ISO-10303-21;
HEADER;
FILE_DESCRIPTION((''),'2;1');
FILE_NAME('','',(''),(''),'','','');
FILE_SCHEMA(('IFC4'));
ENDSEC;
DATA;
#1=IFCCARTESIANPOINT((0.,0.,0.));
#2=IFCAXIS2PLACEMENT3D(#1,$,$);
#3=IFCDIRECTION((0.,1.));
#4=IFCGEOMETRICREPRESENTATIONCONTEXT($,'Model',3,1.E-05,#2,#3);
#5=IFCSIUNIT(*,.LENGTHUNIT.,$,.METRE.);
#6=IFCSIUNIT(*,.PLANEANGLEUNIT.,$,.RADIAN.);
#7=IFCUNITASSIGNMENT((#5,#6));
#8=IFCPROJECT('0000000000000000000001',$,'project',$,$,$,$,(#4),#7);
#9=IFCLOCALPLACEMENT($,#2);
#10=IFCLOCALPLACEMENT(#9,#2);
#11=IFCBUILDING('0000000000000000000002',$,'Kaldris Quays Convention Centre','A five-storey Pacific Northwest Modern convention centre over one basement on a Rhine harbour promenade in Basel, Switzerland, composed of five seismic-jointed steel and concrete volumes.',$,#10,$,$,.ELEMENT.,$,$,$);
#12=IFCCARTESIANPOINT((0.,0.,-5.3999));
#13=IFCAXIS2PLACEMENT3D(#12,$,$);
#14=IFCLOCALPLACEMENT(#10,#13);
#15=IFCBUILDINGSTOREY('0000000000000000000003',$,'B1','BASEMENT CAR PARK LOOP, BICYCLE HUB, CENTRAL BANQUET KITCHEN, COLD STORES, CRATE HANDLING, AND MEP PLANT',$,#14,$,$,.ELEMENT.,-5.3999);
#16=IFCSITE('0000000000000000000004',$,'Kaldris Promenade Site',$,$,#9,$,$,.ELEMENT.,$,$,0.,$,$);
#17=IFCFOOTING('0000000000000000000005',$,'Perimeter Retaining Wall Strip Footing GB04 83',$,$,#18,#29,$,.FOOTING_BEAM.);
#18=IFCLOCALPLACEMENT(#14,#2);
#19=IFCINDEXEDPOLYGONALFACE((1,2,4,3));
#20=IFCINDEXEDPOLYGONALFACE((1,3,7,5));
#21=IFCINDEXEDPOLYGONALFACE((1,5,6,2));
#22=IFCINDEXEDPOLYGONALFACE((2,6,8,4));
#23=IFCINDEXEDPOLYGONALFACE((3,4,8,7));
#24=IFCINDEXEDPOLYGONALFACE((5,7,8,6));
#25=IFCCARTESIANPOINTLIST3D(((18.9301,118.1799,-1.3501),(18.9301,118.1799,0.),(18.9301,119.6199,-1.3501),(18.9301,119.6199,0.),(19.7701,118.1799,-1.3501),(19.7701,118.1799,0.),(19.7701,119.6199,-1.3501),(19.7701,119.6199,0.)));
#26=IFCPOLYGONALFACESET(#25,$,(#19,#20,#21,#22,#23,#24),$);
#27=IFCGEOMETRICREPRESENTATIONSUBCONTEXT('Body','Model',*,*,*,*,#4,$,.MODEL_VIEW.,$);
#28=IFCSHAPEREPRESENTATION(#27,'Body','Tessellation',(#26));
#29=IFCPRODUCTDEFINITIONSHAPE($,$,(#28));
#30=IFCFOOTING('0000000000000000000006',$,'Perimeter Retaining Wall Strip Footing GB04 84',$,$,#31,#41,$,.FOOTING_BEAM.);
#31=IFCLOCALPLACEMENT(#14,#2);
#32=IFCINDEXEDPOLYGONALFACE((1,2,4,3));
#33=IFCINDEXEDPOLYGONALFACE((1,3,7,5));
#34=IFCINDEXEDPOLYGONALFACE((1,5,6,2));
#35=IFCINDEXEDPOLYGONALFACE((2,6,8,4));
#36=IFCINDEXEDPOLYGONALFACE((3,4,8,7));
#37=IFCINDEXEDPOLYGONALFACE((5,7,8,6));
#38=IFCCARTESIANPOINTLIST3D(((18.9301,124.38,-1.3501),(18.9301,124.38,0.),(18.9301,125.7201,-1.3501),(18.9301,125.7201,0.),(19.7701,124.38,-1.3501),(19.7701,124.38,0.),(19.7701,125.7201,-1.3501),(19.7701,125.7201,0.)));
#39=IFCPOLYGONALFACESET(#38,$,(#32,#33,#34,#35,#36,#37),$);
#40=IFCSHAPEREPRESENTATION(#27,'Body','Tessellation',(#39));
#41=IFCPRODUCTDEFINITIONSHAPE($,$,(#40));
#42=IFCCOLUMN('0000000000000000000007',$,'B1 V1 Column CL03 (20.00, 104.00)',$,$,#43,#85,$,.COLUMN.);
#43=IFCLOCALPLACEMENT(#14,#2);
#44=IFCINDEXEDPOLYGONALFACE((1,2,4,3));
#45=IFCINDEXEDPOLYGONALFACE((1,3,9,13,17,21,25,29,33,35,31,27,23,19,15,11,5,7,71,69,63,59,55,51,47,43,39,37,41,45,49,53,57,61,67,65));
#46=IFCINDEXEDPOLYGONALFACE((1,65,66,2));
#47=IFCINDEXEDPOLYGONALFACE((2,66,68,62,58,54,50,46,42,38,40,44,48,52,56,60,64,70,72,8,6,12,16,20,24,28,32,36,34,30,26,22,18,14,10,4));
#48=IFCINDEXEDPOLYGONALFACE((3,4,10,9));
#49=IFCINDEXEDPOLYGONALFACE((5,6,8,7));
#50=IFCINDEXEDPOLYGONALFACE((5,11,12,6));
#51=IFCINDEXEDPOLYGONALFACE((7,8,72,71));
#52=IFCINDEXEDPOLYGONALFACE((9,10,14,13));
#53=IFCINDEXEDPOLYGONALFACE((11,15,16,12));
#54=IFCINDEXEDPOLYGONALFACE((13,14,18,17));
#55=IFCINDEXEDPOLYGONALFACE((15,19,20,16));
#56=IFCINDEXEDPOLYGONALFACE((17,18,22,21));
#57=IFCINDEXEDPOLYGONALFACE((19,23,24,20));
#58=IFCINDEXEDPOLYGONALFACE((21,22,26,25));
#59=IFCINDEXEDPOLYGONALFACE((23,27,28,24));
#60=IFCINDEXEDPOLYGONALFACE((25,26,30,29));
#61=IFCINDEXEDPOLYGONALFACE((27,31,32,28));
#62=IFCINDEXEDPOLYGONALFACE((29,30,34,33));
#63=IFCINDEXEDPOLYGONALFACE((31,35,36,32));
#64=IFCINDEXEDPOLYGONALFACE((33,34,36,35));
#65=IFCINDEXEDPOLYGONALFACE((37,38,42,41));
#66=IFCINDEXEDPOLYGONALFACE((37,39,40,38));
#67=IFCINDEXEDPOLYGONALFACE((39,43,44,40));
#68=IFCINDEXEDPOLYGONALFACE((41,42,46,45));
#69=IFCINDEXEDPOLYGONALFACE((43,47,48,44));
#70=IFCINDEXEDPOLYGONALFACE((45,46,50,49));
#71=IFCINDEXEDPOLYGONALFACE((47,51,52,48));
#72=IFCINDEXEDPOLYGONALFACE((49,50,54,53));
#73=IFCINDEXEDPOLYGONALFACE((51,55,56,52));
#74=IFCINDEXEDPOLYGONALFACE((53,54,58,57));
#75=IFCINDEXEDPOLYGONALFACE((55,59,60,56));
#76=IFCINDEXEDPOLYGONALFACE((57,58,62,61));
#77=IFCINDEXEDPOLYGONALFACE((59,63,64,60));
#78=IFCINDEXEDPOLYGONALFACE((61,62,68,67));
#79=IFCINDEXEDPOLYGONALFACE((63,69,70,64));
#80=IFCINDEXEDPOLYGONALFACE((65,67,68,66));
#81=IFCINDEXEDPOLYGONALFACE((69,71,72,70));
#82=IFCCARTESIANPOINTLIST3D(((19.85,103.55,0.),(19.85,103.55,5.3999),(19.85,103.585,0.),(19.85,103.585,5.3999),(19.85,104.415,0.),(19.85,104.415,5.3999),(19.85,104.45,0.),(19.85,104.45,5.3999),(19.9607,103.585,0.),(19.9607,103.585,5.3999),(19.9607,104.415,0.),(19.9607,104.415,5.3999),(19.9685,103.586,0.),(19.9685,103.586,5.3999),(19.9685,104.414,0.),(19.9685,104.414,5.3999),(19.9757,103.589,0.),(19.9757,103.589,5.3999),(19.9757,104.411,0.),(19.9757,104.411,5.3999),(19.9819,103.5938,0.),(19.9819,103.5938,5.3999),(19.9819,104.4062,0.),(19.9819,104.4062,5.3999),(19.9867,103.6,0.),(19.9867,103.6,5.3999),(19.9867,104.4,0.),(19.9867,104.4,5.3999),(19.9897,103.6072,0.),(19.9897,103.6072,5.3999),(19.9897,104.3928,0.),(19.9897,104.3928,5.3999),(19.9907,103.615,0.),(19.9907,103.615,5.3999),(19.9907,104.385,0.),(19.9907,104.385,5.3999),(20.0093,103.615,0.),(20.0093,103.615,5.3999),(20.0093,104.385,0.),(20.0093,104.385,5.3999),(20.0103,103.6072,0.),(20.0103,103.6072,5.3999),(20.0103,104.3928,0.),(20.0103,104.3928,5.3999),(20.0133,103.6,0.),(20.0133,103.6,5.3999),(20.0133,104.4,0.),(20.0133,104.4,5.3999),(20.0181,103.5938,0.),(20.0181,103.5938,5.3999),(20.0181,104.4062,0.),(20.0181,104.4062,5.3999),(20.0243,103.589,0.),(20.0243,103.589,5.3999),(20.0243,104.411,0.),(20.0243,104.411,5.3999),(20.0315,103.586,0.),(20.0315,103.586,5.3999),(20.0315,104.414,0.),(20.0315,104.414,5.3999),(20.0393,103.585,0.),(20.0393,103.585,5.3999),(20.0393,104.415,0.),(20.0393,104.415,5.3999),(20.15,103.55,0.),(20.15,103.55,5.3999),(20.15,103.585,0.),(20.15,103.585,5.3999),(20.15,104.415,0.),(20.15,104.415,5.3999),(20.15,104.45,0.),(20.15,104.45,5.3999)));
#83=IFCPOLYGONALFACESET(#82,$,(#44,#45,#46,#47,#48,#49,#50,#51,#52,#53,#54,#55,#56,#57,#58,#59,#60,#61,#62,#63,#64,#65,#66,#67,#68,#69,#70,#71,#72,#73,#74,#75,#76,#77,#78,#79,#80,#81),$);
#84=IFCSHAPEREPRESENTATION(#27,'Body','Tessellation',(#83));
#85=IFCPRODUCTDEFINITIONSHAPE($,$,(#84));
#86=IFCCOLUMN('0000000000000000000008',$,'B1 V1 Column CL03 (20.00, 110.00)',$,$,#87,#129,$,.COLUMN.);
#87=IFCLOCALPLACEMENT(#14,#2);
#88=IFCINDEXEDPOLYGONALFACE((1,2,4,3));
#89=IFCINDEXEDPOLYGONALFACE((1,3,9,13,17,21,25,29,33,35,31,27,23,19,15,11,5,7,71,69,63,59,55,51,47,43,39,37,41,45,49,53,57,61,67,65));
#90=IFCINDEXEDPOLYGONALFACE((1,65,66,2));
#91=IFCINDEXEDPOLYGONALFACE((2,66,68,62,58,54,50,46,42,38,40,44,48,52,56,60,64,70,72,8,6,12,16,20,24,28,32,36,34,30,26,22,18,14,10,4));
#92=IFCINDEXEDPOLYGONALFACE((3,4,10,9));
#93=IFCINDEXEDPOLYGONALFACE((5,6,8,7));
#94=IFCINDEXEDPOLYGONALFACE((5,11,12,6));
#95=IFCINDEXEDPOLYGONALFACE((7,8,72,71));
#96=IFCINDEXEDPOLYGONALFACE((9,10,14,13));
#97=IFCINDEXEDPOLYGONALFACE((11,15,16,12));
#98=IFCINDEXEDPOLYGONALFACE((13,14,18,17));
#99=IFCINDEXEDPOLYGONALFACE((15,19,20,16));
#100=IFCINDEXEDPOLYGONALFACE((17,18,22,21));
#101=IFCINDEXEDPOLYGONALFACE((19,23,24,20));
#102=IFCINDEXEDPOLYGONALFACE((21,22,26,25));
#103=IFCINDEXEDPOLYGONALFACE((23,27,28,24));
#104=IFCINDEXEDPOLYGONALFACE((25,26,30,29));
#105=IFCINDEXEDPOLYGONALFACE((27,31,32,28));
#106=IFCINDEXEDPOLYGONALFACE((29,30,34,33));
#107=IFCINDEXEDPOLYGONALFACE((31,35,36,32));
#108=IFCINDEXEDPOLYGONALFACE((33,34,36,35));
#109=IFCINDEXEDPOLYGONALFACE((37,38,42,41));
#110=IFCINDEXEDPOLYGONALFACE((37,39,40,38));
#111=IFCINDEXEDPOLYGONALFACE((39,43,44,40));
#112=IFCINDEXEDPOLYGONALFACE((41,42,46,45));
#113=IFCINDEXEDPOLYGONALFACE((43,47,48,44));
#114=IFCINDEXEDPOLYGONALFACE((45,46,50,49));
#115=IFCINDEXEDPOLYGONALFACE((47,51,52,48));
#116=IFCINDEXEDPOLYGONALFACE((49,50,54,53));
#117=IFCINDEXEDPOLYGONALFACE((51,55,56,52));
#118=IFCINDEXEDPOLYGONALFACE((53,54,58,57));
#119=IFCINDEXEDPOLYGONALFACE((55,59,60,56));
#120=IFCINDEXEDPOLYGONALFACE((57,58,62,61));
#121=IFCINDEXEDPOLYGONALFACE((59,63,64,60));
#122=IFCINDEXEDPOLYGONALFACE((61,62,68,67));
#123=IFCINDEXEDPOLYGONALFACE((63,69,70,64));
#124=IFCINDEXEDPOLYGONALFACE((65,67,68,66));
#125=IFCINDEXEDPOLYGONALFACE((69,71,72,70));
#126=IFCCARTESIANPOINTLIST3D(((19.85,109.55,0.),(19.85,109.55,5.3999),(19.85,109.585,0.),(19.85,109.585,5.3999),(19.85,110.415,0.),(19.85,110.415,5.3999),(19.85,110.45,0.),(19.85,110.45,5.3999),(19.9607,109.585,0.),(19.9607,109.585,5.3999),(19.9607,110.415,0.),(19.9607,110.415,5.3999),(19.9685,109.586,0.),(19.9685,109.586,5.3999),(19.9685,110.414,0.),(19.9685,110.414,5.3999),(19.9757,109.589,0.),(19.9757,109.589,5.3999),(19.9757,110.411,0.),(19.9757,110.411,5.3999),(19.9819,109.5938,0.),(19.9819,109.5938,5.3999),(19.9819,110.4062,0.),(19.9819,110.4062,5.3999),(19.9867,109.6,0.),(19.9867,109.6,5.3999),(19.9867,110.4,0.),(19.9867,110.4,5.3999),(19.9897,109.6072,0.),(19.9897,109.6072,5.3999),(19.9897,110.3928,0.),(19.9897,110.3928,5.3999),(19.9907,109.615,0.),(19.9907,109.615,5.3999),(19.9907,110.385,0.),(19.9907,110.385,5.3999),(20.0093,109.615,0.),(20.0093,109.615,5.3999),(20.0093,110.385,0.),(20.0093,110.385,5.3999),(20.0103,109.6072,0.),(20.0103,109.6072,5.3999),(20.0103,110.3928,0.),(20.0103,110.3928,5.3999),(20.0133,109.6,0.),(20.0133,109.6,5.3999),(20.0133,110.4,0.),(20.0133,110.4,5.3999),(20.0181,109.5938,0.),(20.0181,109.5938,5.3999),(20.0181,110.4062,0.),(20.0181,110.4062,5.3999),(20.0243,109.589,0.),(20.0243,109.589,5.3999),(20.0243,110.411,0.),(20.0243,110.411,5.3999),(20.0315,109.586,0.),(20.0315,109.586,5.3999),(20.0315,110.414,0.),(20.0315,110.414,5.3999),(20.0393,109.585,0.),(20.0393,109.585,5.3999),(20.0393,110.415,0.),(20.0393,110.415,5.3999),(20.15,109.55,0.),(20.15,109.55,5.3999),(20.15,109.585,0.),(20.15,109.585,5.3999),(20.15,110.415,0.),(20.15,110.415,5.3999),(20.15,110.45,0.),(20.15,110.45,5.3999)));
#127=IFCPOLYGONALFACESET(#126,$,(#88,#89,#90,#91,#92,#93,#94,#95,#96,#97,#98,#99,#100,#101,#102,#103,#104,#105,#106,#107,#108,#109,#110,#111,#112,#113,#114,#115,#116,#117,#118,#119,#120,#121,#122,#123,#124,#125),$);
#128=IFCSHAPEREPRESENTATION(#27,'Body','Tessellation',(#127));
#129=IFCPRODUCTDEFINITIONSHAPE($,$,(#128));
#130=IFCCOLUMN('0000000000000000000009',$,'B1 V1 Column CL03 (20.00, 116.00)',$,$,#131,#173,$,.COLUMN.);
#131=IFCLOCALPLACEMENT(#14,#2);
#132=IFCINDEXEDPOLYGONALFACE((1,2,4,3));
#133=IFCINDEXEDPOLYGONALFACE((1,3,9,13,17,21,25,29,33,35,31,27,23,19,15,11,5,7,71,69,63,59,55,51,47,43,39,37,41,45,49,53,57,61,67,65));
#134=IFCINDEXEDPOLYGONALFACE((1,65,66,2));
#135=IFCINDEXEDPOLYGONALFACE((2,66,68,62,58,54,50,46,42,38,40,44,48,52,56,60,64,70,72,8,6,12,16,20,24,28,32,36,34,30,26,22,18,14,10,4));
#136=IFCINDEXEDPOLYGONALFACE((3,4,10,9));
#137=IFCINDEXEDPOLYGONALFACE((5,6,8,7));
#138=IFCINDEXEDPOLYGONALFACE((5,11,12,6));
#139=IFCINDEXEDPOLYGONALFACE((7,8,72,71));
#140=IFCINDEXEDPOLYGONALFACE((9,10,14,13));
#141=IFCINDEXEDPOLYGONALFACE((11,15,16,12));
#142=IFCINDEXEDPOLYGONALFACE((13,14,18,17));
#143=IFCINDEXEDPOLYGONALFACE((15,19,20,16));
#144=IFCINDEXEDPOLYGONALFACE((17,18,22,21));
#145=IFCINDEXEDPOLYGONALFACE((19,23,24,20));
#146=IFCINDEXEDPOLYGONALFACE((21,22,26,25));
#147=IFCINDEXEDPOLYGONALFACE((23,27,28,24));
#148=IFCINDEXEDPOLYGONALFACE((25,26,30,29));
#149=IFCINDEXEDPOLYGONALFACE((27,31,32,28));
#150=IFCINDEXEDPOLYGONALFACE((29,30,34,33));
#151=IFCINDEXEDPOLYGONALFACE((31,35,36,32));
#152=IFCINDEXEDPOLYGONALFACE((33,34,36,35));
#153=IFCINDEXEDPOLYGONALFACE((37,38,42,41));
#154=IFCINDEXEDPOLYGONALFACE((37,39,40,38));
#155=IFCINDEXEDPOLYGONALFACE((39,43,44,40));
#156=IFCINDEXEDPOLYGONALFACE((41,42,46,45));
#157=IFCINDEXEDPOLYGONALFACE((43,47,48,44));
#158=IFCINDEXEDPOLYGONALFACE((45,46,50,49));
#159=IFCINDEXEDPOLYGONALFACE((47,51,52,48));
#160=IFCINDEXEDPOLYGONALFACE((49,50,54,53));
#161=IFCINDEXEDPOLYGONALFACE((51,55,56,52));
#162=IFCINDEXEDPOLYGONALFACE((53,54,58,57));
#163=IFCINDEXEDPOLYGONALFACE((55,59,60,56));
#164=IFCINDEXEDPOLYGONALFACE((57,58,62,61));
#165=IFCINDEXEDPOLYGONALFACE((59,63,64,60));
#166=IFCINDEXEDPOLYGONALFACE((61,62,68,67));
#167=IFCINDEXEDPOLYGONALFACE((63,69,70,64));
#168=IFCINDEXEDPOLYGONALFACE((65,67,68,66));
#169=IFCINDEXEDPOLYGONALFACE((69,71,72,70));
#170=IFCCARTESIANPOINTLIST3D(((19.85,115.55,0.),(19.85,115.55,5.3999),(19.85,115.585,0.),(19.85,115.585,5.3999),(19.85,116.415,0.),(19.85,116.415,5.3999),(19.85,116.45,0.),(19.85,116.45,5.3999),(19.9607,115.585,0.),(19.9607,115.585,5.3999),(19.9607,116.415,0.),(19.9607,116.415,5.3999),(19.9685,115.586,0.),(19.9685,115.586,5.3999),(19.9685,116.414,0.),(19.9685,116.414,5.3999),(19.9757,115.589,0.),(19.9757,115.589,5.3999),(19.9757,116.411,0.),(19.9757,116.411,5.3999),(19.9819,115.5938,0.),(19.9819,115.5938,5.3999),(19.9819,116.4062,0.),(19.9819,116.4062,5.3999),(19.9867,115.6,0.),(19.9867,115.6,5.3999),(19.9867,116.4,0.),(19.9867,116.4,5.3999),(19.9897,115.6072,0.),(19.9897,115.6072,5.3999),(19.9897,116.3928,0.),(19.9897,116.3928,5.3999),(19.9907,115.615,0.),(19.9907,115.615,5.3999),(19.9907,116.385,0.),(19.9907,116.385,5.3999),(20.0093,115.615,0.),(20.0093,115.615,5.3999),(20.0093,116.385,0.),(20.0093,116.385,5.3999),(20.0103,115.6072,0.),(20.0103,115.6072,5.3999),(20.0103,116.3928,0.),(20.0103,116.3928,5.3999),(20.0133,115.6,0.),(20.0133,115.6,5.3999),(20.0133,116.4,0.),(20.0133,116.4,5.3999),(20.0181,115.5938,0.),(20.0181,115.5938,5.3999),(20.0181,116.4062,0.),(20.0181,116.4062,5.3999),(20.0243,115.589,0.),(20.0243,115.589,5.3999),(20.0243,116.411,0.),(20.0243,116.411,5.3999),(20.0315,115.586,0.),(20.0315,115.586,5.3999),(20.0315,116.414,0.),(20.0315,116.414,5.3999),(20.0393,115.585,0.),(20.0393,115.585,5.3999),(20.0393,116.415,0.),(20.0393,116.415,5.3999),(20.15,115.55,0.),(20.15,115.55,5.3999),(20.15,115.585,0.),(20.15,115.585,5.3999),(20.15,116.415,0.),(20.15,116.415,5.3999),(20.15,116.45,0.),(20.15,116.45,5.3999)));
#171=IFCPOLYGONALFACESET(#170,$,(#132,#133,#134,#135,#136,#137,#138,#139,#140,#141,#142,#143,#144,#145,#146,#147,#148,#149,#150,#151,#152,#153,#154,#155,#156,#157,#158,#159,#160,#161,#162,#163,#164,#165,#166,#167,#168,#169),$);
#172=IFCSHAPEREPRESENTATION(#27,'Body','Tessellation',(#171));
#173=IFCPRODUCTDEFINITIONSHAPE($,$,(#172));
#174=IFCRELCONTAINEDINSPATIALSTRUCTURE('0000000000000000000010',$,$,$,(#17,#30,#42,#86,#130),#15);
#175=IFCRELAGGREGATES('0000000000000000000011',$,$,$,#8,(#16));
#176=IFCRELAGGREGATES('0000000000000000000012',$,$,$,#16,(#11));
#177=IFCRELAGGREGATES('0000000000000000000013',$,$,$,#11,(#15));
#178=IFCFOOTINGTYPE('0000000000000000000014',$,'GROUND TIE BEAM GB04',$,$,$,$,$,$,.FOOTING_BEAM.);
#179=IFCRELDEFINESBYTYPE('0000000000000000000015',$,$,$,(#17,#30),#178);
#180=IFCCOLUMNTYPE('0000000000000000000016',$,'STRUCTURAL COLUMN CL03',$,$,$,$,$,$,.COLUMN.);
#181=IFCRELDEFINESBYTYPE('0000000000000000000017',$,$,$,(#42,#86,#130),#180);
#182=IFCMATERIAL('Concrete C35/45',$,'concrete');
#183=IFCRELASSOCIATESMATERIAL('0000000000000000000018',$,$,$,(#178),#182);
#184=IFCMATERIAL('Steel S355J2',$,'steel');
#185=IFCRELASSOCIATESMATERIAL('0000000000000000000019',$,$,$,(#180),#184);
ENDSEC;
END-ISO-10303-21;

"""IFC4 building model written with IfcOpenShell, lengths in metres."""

from ifc_helpers import new_model, si_unit, direction, frame, origin, origin_2d, place, context, subcontext, project, spatial, rectangle, i_section, extrude, material, material_profile, profile_set, type_object, element, save


model = new_model("IFC4")

# Units and contexts
model_context = context("Model", 3, precision=1e-05, world=origin(), true_north=direction((0.0, 1.0)))
body_context = subcontext(model_context, "Body", "Model", "MODEL_VIEW")
ifc_project = project(units=[si_unit("LENGTHUNIT", "METRE"), si_unit("PLANEANGLEUNIT", "RADIAN")], contexts=[model_context])

# Site, building, storey
site_placement = place(None, origin())
site = spatial("IfcSite", under=ifc_project, at=site_placement, Name="Kaldris Promenade Site", CompositionType="ELEMENT", RefElevation=0.0)
building_placement = place(site_placement, origin())
building = spatial("IfcBuilding", under=site, at=building_placement, Name="Kaldris Quays Convention Centre", Description="A five-storey Pacific Northwest Modern convention centre over one basement on a Rhine harbour promenade in Basel, Switzerland, composed of five seismic-jointed steel and concrete volumes.", CompositionType="ELEMENT")
storey_placement = place(building_placement, frame((0.0, 0.0, -5.3999)))
storey = spatial("IfcBuildingStorey", under=building, at=storey_placement, Name="B1", Description="BASEMENT CAR PARK LOOP, BICYCLE HUB, CENTRAL BANQUET KITCHEN, COLD STORES, CRATE HANDLING, AND MEP PLANT", CompositionType="ELEMENT", Elevation=-5.3999)

# Shared definitions
ifc_material_1 = material(Name="Concrete C35/45", Category="concrete")

# Footings
footing_type_1 = type_object("IfcFootingType", Name="GROUND TIE BEAM GB04", PredefinedType="FOOTING_BEAM", material=ifc_material_1)
footing_1_placement = place(storey_placement, frame((19.3501, 118.8999, -1.3501), z_axis=(0.0, 0.0, 1.0), x_axis=(1.0, 0.0, 0.0)))
element("IfcFooting", 1, at=footing_1_placement, inside=storey, type_object=footing_type_1, Name="Perimeter Retaining Wall Strip Footing GB04 83", PredefinedType="FOOTING_BEAM", context=body_context, shape_type="SweptSolid", body=[
    extrude(rectangle(XDim=0.8401, YDim=1.4399, at=origin_2d()), origin(), (0.0, 0.0, 1.0), 1.3501),
])
footing_2_placement = place(storey_placement, frame((19.3501, 125.05, -1.3501), z_axis=(0.0, 0.0, 1.0), x_axis=(1.0, 0.0, 0.0)))
element("IfcFooting", 2, at=footing_2_placement, inside=storey, type_object=footing_type_1, Name="Perimeter Retaining Wall Strip Footing GB04 84", PredefinedType="FOOTING_BEAM", context=body_context, shape_type="SweptSolid", body=[
    extrude(rectangle(XDim=0.8401, YDim=1.3401, at=origin_2d()), origin(), (0.0, 0.0, 1.0), 1.3501),
])

# Columns
ifc_material_2 = material(Name="Steel S355J2", Category="steel")
ifc_material_profile_1 = material_profile(ifc_material_2, i_section(OverallWidth=0.3, OverallDepth=0.8999, WebThickness=0.0186, FlangeThickness=0.0349, FilletRadius=0.03, at=origin_2d()), Name="HEB 900")
ifc_profile_set_1 = profile_set([ifc_material_profile_1], Name="Steel S355J2")
column_type = type_object("IfcColumnType", Name="STRUCTURAL COLUMN CL03", PredefinedType="COLUMN", material=ifc_profile_set_1)
for number, where, z_axis, x_axis, name in (
    (3, (20.0, 104.0, 0.0), (0.0, 0.0, 1.0), (1.0, 0.0, 0.0), "B1 V1 Column CL03 (20.00, 104.00)"),
    (4, (20.0, 110.0, 0.0), (0.0, 0.0, 1.0), (1.0, 0.0, 0.0), "B1 V1 Column CL03 (20.00, 110.00)"),
    (5, (20.0, 116.0, 0.0), (0.0, 0.0, 1.0), (1.0, 0.0, 0.0), "B1 V1 Column CL03 (20.00, 116.00)"),
):
    element("IfcColumn", number, at=place(storey_placement, frame(where, z_axis=z_axis, x_axis=x_axis)), inside=storey, type_object=column_type, Name=name, PredefinedType="COLUMN", context=body_context, shape_type="SweptSolid", body=[
        extrude(i_section(OverallWidth=0.3, OverallDepth=0.8999, WebThickness=0.0186, FlangeThickness=0.0349, FilletRadius=0.03, at=origin_2d()), origin(), (0.0, 0.0, 1.0), 5.3999),
    ])

save(model, "model.ifc")
